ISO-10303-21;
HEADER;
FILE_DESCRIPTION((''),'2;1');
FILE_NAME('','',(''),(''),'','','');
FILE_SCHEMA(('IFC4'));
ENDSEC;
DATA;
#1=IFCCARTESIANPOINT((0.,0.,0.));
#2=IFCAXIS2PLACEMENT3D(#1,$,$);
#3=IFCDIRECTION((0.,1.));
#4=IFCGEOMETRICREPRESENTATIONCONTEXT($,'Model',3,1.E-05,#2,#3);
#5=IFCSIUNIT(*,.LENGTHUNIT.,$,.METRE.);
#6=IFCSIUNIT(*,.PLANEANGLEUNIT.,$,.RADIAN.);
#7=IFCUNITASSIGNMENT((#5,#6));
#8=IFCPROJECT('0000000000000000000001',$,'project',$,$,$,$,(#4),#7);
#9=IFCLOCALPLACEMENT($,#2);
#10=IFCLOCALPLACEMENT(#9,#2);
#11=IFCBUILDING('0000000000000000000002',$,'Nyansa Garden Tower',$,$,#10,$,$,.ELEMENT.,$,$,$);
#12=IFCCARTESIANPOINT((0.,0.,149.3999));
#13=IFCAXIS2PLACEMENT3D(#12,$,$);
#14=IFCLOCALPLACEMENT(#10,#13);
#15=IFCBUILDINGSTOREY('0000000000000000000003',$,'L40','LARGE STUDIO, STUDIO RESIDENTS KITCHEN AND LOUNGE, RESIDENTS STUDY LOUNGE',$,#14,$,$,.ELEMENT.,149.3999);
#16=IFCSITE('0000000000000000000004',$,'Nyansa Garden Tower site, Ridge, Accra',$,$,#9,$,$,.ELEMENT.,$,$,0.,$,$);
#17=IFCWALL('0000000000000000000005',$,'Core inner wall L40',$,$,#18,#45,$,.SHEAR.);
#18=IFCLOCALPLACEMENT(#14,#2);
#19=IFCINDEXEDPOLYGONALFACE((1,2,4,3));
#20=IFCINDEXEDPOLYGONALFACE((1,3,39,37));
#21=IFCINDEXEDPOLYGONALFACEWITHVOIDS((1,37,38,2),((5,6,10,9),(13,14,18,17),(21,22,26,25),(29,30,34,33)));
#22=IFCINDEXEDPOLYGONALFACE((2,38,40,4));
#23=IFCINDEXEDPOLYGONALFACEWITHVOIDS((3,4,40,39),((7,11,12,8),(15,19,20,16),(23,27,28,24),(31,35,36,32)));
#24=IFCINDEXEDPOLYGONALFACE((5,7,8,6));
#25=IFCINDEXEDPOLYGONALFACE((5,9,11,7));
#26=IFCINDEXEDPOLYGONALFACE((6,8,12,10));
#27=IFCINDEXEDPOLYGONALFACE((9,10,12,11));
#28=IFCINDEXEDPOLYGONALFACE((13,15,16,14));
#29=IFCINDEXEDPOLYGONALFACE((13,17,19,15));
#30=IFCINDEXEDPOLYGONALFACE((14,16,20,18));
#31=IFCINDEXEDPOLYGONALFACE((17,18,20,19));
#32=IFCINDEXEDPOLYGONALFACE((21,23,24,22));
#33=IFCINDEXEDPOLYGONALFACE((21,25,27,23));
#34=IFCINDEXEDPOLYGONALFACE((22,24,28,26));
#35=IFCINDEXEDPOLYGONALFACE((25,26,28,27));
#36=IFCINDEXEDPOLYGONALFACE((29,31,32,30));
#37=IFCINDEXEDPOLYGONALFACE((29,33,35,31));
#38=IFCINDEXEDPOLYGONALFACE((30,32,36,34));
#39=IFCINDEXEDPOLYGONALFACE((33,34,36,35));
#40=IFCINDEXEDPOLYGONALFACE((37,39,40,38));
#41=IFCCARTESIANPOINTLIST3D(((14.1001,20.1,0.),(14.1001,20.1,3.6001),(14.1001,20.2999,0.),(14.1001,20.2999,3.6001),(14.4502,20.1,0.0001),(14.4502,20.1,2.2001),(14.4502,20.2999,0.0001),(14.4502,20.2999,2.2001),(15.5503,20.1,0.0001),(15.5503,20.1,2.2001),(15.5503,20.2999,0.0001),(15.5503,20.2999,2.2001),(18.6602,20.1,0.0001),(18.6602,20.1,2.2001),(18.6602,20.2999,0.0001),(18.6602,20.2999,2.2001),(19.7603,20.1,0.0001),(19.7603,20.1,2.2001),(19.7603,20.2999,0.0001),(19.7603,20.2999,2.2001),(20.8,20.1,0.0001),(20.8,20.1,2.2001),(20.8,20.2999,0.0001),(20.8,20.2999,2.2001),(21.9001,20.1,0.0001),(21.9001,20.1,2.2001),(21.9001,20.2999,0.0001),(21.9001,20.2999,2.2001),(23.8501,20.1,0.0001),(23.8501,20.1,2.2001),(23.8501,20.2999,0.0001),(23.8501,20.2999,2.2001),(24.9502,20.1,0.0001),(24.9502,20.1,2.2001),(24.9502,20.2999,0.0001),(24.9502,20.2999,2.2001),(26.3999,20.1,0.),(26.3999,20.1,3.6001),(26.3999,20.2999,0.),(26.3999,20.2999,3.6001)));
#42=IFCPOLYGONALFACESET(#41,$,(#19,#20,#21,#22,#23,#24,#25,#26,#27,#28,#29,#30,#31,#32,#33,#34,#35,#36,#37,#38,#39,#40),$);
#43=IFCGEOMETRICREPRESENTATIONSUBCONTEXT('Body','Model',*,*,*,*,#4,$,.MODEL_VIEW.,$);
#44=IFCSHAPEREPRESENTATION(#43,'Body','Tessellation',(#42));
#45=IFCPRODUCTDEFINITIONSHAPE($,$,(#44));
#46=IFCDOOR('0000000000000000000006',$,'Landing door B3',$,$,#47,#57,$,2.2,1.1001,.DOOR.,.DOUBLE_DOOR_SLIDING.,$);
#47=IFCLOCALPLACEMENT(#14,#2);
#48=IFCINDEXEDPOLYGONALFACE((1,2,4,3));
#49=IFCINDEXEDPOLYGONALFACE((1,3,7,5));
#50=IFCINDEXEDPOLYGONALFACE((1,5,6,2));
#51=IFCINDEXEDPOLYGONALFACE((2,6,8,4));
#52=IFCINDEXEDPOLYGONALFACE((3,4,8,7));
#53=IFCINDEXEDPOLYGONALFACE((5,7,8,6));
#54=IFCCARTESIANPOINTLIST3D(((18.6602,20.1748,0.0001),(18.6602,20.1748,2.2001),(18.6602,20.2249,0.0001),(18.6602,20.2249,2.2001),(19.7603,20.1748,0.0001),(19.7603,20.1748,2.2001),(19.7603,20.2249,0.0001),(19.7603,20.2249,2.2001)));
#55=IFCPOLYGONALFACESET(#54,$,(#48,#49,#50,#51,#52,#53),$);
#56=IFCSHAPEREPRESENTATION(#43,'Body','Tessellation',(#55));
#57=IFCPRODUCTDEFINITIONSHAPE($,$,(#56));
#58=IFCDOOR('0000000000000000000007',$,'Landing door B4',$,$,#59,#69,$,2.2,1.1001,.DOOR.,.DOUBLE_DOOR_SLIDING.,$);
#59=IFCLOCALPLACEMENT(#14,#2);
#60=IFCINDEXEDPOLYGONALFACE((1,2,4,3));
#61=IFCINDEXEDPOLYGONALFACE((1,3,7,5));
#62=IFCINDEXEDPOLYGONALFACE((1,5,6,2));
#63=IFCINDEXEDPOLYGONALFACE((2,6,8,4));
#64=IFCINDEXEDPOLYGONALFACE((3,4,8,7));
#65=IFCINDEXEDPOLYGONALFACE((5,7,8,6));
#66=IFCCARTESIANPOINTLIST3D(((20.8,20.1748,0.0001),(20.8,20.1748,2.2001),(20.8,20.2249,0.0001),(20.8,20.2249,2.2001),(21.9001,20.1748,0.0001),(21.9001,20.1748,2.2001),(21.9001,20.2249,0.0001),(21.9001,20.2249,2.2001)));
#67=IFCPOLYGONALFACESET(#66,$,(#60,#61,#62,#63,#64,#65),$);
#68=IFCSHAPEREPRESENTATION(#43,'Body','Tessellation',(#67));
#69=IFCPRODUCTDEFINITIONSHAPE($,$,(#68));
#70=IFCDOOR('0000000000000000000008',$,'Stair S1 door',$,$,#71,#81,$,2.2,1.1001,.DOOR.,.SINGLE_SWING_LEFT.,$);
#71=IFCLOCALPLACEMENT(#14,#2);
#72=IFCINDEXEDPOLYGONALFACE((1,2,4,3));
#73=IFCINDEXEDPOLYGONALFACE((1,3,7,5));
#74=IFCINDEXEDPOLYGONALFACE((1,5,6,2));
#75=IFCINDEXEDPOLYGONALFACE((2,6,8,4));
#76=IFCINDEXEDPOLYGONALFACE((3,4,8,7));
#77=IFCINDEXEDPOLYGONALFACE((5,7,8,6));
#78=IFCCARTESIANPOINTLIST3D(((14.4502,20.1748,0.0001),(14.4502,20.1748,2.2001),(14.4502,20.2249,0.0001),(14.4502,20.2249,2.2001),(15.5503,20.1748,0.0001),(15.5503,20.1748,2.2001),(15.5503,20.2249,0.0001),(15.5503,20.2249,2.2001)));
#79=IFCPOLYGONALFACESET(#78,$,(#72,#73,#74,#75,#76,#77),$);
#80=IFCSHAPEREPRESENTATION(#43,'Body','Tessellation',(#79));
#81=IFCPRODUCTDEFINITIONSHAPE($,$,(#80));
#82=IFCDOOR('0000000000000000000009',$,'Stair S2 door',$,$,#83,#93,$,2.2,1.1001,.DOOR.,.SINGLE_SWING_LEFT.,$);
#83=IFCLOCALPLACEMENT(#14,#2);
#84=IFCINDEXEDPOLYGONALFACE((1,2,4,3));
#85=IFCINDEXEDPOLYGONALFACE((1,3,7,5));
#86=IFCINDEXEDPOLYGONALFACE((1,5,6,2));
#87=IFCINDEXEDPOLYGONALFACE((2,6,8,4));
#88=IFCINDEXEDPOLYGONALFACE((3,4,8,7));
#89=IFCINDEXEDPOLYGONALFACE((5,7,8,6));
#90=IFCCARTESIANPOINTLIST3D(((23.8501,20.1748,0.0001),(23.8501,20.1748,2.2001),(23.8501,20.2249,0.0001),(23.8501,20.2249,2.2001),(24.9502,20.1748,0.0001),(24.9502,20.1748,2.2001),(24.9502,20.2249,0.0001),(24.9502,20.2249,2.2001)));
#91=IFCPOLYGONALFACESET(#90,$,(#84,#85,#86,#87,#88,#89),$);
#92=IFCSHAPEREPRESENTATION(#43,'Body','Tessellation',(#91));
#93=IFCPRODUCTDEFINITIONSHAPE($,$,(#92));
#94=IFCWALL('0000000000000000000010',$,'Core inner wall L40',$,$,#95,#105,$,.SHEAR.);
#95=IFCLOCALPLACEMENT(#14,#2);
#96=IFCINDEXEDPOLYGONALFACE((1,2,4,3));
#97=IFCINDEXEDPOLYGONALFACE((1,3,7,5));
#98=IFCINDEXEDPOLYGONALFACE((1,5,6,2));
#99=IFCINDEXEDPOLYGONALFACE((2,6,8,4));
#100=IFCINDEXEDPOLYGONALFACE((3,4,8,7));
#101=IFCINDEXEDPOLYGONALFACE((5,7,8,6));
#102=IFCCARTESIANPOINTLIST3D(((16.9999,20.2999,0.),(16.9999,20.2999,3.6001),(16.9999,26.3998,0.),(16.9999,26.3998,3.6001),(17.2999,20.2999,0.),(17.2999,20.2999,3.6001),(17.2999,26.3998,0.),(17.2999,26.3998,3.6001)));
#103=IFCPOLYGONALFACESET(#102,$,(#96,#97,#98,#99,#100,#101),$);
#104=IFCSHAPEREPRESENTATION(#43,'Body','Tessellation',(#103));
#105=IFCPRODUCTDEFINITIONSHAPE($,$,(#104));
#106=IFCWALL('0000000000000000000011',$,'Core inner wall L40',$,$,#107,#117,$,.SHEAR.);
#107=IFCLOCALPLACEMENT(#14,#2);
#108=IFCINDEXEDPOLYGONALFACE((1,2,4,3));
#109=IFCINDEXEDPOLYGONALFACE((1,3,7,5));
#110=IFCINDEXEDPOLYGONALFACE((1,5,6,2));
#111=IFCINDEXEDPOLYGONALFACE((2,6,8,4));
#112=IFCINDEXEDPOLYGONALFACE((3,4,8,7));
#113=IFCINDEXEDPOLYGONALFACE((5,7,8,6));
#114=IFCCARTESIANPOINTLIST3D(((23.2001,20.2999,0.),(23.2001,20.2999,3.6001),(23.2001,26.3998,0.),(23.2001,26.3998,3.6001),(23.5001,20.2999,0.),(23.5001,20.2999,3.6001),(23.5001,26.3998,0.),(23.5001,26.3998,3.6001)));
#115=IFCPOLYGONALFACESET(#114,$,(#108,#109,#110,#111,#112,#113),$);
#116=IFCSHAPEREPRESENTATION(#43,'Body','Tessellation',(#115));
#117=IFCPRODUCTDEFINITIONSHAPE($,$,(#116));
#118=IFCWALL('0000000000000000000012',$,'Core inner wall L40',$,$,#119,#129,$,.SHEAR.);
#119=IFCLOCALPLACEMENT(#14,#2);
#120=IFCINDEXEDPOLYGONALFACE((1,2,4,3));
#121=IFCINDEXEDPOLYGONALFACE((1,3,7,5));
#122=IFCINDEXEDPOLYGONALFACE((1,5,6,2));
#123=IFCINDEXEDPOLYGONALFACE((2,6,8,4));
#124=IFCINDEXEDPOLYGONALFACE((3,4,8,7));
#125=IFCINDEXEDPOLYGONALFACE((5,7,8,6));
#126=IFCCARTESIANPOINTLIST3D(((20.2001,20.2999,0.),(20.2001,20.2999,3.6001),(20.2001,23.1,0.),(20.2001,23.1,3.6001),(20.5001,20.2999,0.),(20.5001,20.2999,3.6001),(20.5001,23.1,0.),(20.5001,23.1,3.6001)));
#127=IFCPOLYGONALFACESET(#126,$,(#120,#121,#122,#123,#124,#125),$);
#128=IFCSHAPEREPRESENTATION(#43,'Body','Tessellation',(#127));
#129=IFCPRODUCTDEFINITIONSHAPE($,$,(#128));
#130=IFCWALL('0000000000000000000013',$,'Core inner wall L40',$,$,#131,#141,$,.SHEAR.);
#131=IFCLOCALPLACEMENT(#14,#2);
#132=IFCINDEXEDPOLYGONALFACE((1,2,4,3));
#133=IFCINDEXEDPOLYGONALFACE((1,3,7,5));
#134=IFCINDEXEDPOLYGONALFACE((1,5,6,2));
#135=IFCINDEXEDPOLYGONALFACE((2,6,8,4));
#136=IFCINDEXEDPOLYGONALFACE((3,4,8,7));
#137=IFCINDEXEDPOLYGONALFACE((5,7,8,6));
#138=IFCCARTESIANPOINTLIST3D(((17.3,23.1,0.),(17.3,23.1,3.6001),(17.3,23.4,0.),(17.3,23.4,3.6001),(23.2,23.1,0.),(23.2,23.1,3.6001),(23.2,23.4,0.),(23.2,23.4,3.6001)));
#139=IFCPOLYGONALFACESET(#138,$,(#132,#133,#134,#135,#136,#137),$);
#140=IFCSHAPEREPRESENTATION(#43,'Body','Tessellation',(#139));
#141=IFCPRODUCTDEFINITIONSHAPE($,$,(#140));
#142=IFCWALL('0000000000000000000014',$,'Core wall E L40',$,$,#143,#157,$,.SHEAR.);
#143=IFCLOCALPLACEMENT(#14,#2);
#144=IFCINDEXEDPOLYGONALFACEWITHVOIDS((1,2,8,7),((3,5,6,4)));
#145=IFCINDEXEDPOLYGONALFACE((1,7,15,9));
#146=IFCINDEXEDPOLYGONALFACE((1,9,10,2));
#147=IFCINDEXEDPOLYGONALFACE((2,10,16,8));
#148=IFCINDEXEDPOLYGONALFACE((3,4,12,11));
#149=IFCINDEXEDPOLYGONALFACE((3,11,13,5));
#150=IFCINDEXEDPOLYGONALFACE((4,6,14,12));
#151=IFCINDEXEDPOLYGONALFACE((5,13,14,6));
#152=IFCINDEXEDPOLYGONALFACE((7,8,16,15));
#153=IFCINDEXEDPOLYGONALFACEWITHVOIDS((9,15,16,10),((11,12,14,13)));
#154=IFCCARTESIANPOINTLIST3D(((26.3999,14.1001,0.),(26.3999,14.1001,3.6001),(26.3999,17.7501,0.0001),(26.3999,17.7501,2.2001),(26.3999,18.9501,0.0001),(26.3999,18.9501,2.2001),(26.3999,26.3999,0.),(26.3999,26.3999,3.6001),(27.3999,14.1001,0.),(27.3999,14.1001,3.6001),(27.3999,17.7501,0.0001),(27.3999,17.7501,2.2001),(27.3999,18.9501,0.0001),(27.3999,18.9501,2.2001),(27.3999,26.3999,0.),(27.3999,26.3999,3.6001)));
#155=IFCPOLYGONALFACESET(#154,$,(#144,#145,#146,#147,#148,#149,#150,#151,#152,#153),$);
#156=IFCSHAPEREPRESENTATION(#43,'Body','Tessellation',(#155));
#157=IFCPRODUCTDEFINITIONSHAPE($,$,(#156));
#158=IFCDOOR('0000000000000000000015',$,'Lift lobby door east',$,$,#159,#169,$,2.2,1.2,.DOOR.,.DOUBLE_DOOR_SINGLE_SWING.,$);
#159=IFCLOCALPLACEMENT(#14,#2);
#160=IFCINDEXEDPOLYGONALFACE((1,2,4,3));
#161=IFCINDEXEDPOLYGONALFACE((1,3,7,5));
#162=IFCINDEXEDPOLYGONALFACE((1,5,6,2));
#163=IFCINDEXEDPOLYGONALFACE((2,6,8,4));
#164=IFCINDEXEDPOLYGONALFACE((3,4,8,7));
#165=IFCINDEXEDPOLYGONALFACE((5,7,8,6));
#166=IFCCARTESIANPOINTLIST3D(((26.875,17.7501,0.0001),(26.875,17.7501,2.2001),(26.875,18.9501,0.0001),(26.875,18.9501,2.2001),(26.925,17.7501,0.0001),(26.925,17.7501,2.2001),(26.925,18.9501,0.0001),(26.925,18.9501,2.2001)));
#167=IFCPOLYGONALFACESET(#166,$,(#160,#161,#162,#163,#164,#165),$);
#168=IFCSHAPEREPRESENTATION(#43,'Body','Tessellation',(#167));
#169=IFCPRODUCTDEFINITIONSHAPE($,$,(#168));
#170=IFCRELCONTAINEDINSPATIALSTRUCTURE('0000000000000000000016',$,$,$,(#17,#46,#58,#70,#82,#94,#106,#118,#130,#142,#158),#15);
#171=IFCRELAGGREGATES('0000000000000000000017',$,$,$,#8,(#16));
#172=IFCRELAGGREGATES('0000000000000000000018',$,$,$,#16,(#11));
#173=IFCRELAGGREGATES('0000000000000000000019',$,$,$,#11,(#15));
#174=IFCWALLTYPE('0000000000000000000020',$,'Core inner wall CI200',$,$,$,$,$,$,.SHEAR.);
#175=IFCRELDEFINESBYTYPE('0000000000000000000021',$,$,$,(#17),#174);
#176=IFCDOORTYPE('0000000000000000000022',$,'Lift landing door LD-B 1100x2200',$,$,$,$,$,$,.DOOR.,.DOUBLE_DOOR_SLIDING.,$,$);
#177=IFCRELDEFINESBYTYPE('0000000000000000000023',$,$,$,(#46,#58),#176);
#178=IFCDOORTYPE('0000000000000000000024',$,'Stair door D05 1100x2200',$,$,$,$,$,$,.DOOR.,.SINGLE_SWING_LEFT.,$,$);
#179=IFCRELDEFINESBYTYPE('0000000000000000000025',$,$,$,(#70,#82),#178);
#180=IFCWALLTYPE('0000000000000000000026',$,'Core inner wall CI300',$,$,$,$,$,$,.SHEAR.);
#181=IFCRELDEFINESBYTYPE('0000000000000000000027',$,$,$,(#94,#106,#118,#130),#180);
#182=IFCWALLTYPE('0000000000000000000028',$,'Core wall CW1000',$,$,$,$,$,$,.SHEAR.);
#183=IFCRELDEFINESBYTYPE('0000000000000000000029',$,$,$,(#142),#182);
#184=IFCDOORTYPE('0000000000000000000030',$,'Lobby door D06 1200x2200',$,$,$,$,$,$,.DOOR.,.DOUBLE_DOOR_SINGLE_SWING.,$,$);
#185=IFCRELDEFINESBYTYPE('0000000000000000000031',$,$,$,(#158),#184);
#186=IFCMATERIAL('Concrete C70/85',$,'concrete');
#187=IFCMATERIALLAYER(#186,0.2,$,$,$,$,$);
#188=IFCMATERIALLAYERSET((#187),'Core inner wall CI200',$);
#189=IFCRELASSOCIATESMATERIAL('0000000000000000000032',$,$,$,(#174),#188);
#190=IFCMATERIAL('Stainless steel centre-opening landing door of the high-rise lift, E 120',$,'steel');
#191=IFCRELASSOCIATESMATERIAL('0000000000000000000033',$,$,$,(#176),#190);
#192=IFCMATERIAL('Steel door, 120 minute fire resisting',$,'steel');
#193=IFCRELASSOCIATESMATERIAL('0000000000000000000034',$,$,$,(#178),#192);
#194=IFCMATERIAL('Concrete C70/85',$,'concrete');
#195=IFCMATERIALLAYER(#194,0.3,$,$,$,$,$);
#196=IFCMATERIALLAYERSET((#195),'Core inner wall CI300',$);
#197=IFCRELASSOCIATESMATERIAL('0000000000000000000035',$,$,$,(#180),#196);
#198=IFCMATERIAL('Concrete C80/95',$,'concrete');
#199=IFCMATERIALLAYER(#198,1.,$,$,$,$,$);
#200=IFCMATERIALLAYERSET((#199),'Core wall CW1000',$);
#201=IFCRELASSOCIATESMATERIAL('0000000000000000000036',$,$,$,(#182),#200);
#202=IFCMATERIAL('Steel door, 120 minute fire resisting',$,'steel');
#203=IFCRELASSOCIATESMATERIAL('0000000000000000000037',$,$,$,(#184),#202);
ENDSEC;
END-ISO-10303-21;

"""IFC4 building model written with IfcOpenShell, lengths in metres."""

from ifc_helpers import new_model, si_unit, direction, frame, frame_2d, origin, place, context, subcontext, project, spatial, rectangle, extrude, material, layer, layer_set, type_object, element, fill, save


model = new_model("IFC4")

# Units and contexts
model_context = context("Model", 3, precision=1e-05, world=origin(), true_north=direction((0.0, 1.0)))
body_context = subcontext(model_context, "Body", "Model", "MODEL_VIEW")
ifc_project = project(units=[si_unit("LENGTHUNIT", "METRE"), si_unit("PLANEANGLEUNIT", "RADIAN")], contexts=[model_context])

# Site, building, storey
site_placement = place(None, origin())
site = spatial("IfcSite", under=ifc_project, at=site_placement, Name="Nyansa Garden Tower site, Ridge, Accra", CompositionType="ELEMENT", RefElevation=0.0)
building_placement = place(site_placement, origin())
building = spatial("IfcBuilding", under=site, at=building_placement, Name="Nyansa Garden Tower", CompositionType="ELEMENT")
storey_placement = place(building_placement, frame((0.0, 0.0, 149.3999)))
storey = spatial("IfcBuildingStorey", under=building, at=storey_placement, Name="L40", Description="LARGE STUDIO, STUDIO RESIDENTS KITCHEN AND LOUNGE, RESIDENTS STUDY LOUNGE", CompositionType="ELEMENT", Elevation=149.3999)

# Wall, openings, doors
ifc_material_1 = material(Name="Concrete C70/85", Category="concrete")
ifc_layer_1 = layer(ifc_material_1, 0.2)
ifc_layer_set_1 = layer_set([ifc_layer_1], Name="Core inner wall CI200")
wall_type_1 = type_object("IfcWallType", Name="Core inner wall CI200", PredefinedType="SHEAR", material=ifc_layer_set_1)
wall_1_placement = place(storey_placement, frame((14.1001, 20.2, 0.0), z_axis=(0.0, 0.0, 1.0), x_axis=(1.0, 0.0, 0.0)))
wall_1 = element("IfcWall", 1, at=wall_1_placement, inside=storey, type_object=wall_type_1, Name="Core inner wall L40", PredefinedType="SHEAR", context=body_context, shape_type="SweptSolid", body=[
    extrude(rectangle(XDim=12.2998, YDim=0.2, at=frame_2d((6.1499, 0.0))), origin(), (0.0, 0.0, 1.0), 3.6001),
])
opening_1_placement = place(wall_1_placement, frame((4.5601, 0.0, 0.0)))
opening_1 = element("IfcOpeningElement", 2, at=opening_1_placement, cuts=wall_1, PredefinedType="OPENING", context=body_context, shape_type="SweptSolid", body=[
    extrude(rectangle(XDim=1.1001, YDim=2.2, at=frame_2d((0.55, 1.1001))), frame((0.0, 0.1099, 0.0), z_axis=(0.0, -1.0, 0.0), x_axis=(1.0, 0.0, 0.0)), (0.0, 0.0, 1.0), 0.22),
])
opening_2_placement = place(wall_1_placement, frame((6.7, 0.0, 0.0)))
opening_2 = element("IfcOpeningElement", 3, at=opening_2_placement, cuts=wall_1, PredefinedType="OPENING", context=body_context, shape_type="SweptSolid", body=[
    extrude(rectangle(XDim=1.1001, YDim=2.2, at=frame_2d((0.55, 1.1001))), frame((0.0, 0.1099, 0.0), z_axis=(0.0, -1.0, 0.0), x_axis=(1.0, 0.0, 0.0)), (0.0, 0.0, 1.0), 0.22),
])
opening_3_placement = place(wall_1_placement, frame((0.3501, 0.0, 0.0)))
opening_3 = element("IfcOpeningElement", 4, at=opening_3_placement, cuts=wall_1, PredefinedType="OPENING", context=body_context, shape_type="SweptSolid", body=[
    extrude(rectangle(XDim=1.1001, YDim=2.2, at=frame_2d((0.55, 1.1001))), frame((0.0, 0.1099, 0.0), z_axis=(0.0, -1.0, 0.0), x_axis=(1.0, 0.0, 0.0)), (0.0, 0.0, 1.0), 0.22),
])
opening_4_placement = place(wall_1_placement, frame((9.75, 0.0, 0.0)))
opening_4 = element("IfcOpeningElement", 5, at=opening_4_placement, cuts=wall_1, PredefinedType="OPENING", context=body_context, shape_type="SweptSolid", body=[
    extrude(rectangle(XDim=1.1001, YDim=2.2, at=frame_2d((0.55, 1.1001))), frame((0.0, 0.1099, 0.0), z_axis=(0.0, -1.0, 0.0), x_axis=(1.0, 0.0, 0.0)), (0.0, 0.0, 1.0), 0.22),
])
ifc_material_2 = material(Name="Stainless steel centre-opening landing door of the high-rise lift, E 120", Category="steel")
door_type_1 = type_object("IfcDoorType", Name="Lift landing door LD-B 1100x2200", OperationType="DOUBLE_DOOR_SLIDING", PredefinedType="DOOR", material=ifc_material_2)
door_1_placement = place(opening_1_placement, origin())
door_1 = element("IfcDoor", 6, at=door_1_placement, inside=storey, type_object=door_type_1, Name="Landing door B3", OperationType="DOUBLE_DOOR_SLIDING", OverallHeight=2.2, OverallWidth=1.1001, PredefinedType="DOOR", context=body_context, shape_type="SweptSolid", body=[
    extrude(rectangle(XDim=1.1001, YDim=2.2, at=frame_2d((0.55, 1.1001))), frame((0.0, 0.0249, 0.0), z_axis=(0.0, -1.0, 0.0), x_axis=(1.0, 0.0, 0.0)), (0.0, 0.0, 1.0), 0.05),
])
fill(opening_1, door_1)
door_2_placement = place(opening_2_placement, origin())
door_2 = element("IfcDoor", 7, at=door_2_placement, inside=storey, type_object=door_type_1, Name="Landing door B4", OperationType="DOUBLE_DOOR_SLIDING", OverallHeight=2.2, OverallWidth=1.1001, PredefinedType="DOOR", context=body_context, shape_type="SweptSolid", body=[
    extrude(rectangle(XDim=1.1001, YDim=2.2, at=frame_2d((0.55, 1.1001))), frame((0.0, 0.0249, 0.0), z_axis=(0.0, -1.0, 0.0), x_axis=(1.0, 0.0, 0.0)), (0.0, 0.0, 1.0), 0.05),
])
fill(opening_2, door_2)
ifc_material_3 = material(Name="Steel door, 120 minute fire resisting", Category="steel")
door_type_2 = type_object("IfcDoorType", Name="Stair door D05 1100x2200", OperationType="SINGLE_SWING_LEFT", PredefinedType="DOOR", material=ifc_material_3)
door_3_placement = place(opening_3_placement, origin())
door_3 = element("IfcDoor", 8, at=door_3_placement, inside=storey, type_object=door_type_2, Name="Stair S1 door", OperationType="SINGLE_SWING_LEFT", OverallHeight=2.2, OverallWidth=1.1001, PredefinedType="DOOR", context=body_context, shape_type="SweptSolid", body=[
    extrude(rectangle(XDim=1.1001, YDim=2.2, at=frame_2d((0.55, 1.1001))), frame((0.0, 0.0249, 0.0), z_axis=(0.0, -1.0, 0.0), x_axis=(1.0, 0.0, 0.0)), (0.0, 0.0, 1.0), 0.05),
])
fill(opening_3, door_3)
door_4_placement = place(opening_4_placement, origin())
door_4 = element("IfcDoor", 9, at=door_4_placement, inside=storey, type_object=door_type_2, Name="Stair S2 door", OperationType="SINGLE_SWING_LEFT", OverallHeight=2.2, OverallWidth=1.1001, PredefinedType="DOOR", context=body_context, shape_type="SweptSolid", body=[
    extrude(rectangle(XDim=1.1001, YDim=2.2, at=frame_2d((0.55, 1.1001))), frame((0.0, 0.0249, 0.0), z_axis=(0.0, -1.0, 0.0), x_axis=(1.0, 0.0, 0.0)), (0.0, 0.0, 1.0), 0.05),
])
fill(opening_4, door_4)

# Walls
ifc_material_4 = material(Name="Concrete C70/85", Category="concrete")
ifc_layer_2 = layer(ifc_material_4, 0.3)
ifc_layer_set_2 = layer_set([ifc_layer_2], Name="Core inner wall CI300")
wall_type_2 = type_object("IfcWallType", Name="Core inner wall CI300", PredefinedType="SHEAR", material=ifc_layer_set_2)
for number, where, z_axis, x_axis, name in (
    (10, (17.1499, 20.3, 0.0), (0.0, 0.0, 1.0), (0.0, 1.0, 0.0), "Core inner wall L40"),
    (11, (23.3501, 20.3, 0.0), (0.0, 0.0, 1.0), (0.0, 1.0, 0.0), "Core inner wall L40"),
):
    element("IfcWall", number, at=place(storey_placement, frame(where, z_axis=z_axis, x_axis=x_axis)), inside=storey, type_object=wall_type_2, Name=name, PredefinedType="SHEAR", context=body_context, shape_type="SweptSolid", body=[
        extrude(rectangle(XDim=6.0999, YDim=0.3, at=frame_2d((3.0498, 0.0))), origin(), (0.0, 0.0, 1.0), 3.6001),
    ])
wall_2_placement = place(storey_placement, frame((20.3501, 20.3, 0.0), z_axis=(0.0, 0.0, 1.0), x_axis=(0.0, 1.0, 0.0)))
element("IfcWall", 12, at=wall_2_placement, inside=storey, type_object=wall_type_2, Name="Core inner wall L40", PredefinedType="SHEAR", context=body_context, shape_type="SweptSolid", body=[
    extrude(rectangle(XDim=2.8, YDim=0.3, at=frame_2d((1.3999, 0.0))), origin(), (0.0, 0.0, 1.0), 3.6001),
])
wall_3_placement = place(storey_placement, frame((17.3, 23.25, 0.0), z_axis=(0.0, 0.0, 1.0), x_axis=(1.0, 0.0, 0.0)))
element("IfcWall", 13, at=wall_3_placement, inside=storey, type_object=wall_type_2, Name="Core inner wall L40", PredefinedType="SHEAR", context=body_context, shape_type="SweptSolid", body=[
    extrude(rectangle(XDim=5.8999, YDim=0.3, at=frame_2d((2.95, 0.0))), origin(), (0.0, 0.0, 1.0), 3.6001),
])

# Wall, opening, door
ifc_material_5 = material(Name="Concrete C80/95", Category="concrete")
ifc_layer_3 = layer(ifc_material_5, 1.0)
ifc_layer_set_3 = layer_set([ifc_layer_3], Name="Core wall CW1000")
wall_type_3 = type_object("IfcWallType", Name="Core wall CW1000", PredefinedType="SHEAR", material=ifc_layer_set_3)
wall_4_placement = place(storey_placement, frame((26.8999, 14.1001, 0.0), z_axis=(0.0, 0.0, 1.0), x_axis=(0.0, 1.0, 0.0)))
wall_4 = element("IfcWall", 14, at=wall_4_placement, inside=storey, type_object=wall_type_3, Name="Core wall E L40", PredefinedType="SHEAR", context=body_context, shape_type="SweptSolid", body=[
    extrude(rectangle(XDim=12.2998, YDim=1.0, at=frame_2d((6.1499, 0.0))), origin(), (0.0, 0.0, 1.0), 3.6001),
])
opening_5_placement = place(wall_4_placement, frame((3.6499, 0.0, 0.0)))
opening_5 = element("IfcOpeningElement", 15, at=opening_5_placement, cuts=wall_4, PredefinedType="OPENING", context=body_context, shape_type="SweptSolid", body=[
    extrude(rectangle(XDim=1.2, YDim=2.2, at=frame_2d((0.6001, 1.1001))), frame((0.0, 0.51, 0.0), z_axis=(0.0, -1.0, 0.0), x_axis=(1.0, 0.0, 0.0)), (0.0, 0.0, 1.0), 1.02),
])
ifc_material_6 = material(Name="Steel door, 120 minute fire resisting", Category="steel")
door_type_3 = type_object("IfcDoorType", Name="Lobby door D06 1200x2200", OperationType="DOUBLE_DOOR_SINGLE_SWING", PredefinedType="DOOR", material=ifc_material_6)
door_5_placement = place(opening_5_placement, origin())
door_5 = element("IfcDoor", 16, at=door_5_placement, inside=storey, type_object=door_type_3, Name="Lift lobby door east", OperationType="DOUBLE_DOOR_SINGLE_SWING", OverallHeight=2.2, OverallWidth=1.2, PredefinedType="DOOR", context=body_context, shape_type="SweptSolid", body=[
    extrude(rectangle(XDim=1.2, YDim=2.2, at=frame_2d((0.6001, 1.1001))), frame((0.0, 0.0249, 0.0), z_axis=(0.0, -1.0, 0.0), x_axis=(1.0, 0.0, 0.0)), (0.0, 0.0, 1.0), 0.05),
])
fill(opening_5, door_5)

save(model, "model.ifc")
